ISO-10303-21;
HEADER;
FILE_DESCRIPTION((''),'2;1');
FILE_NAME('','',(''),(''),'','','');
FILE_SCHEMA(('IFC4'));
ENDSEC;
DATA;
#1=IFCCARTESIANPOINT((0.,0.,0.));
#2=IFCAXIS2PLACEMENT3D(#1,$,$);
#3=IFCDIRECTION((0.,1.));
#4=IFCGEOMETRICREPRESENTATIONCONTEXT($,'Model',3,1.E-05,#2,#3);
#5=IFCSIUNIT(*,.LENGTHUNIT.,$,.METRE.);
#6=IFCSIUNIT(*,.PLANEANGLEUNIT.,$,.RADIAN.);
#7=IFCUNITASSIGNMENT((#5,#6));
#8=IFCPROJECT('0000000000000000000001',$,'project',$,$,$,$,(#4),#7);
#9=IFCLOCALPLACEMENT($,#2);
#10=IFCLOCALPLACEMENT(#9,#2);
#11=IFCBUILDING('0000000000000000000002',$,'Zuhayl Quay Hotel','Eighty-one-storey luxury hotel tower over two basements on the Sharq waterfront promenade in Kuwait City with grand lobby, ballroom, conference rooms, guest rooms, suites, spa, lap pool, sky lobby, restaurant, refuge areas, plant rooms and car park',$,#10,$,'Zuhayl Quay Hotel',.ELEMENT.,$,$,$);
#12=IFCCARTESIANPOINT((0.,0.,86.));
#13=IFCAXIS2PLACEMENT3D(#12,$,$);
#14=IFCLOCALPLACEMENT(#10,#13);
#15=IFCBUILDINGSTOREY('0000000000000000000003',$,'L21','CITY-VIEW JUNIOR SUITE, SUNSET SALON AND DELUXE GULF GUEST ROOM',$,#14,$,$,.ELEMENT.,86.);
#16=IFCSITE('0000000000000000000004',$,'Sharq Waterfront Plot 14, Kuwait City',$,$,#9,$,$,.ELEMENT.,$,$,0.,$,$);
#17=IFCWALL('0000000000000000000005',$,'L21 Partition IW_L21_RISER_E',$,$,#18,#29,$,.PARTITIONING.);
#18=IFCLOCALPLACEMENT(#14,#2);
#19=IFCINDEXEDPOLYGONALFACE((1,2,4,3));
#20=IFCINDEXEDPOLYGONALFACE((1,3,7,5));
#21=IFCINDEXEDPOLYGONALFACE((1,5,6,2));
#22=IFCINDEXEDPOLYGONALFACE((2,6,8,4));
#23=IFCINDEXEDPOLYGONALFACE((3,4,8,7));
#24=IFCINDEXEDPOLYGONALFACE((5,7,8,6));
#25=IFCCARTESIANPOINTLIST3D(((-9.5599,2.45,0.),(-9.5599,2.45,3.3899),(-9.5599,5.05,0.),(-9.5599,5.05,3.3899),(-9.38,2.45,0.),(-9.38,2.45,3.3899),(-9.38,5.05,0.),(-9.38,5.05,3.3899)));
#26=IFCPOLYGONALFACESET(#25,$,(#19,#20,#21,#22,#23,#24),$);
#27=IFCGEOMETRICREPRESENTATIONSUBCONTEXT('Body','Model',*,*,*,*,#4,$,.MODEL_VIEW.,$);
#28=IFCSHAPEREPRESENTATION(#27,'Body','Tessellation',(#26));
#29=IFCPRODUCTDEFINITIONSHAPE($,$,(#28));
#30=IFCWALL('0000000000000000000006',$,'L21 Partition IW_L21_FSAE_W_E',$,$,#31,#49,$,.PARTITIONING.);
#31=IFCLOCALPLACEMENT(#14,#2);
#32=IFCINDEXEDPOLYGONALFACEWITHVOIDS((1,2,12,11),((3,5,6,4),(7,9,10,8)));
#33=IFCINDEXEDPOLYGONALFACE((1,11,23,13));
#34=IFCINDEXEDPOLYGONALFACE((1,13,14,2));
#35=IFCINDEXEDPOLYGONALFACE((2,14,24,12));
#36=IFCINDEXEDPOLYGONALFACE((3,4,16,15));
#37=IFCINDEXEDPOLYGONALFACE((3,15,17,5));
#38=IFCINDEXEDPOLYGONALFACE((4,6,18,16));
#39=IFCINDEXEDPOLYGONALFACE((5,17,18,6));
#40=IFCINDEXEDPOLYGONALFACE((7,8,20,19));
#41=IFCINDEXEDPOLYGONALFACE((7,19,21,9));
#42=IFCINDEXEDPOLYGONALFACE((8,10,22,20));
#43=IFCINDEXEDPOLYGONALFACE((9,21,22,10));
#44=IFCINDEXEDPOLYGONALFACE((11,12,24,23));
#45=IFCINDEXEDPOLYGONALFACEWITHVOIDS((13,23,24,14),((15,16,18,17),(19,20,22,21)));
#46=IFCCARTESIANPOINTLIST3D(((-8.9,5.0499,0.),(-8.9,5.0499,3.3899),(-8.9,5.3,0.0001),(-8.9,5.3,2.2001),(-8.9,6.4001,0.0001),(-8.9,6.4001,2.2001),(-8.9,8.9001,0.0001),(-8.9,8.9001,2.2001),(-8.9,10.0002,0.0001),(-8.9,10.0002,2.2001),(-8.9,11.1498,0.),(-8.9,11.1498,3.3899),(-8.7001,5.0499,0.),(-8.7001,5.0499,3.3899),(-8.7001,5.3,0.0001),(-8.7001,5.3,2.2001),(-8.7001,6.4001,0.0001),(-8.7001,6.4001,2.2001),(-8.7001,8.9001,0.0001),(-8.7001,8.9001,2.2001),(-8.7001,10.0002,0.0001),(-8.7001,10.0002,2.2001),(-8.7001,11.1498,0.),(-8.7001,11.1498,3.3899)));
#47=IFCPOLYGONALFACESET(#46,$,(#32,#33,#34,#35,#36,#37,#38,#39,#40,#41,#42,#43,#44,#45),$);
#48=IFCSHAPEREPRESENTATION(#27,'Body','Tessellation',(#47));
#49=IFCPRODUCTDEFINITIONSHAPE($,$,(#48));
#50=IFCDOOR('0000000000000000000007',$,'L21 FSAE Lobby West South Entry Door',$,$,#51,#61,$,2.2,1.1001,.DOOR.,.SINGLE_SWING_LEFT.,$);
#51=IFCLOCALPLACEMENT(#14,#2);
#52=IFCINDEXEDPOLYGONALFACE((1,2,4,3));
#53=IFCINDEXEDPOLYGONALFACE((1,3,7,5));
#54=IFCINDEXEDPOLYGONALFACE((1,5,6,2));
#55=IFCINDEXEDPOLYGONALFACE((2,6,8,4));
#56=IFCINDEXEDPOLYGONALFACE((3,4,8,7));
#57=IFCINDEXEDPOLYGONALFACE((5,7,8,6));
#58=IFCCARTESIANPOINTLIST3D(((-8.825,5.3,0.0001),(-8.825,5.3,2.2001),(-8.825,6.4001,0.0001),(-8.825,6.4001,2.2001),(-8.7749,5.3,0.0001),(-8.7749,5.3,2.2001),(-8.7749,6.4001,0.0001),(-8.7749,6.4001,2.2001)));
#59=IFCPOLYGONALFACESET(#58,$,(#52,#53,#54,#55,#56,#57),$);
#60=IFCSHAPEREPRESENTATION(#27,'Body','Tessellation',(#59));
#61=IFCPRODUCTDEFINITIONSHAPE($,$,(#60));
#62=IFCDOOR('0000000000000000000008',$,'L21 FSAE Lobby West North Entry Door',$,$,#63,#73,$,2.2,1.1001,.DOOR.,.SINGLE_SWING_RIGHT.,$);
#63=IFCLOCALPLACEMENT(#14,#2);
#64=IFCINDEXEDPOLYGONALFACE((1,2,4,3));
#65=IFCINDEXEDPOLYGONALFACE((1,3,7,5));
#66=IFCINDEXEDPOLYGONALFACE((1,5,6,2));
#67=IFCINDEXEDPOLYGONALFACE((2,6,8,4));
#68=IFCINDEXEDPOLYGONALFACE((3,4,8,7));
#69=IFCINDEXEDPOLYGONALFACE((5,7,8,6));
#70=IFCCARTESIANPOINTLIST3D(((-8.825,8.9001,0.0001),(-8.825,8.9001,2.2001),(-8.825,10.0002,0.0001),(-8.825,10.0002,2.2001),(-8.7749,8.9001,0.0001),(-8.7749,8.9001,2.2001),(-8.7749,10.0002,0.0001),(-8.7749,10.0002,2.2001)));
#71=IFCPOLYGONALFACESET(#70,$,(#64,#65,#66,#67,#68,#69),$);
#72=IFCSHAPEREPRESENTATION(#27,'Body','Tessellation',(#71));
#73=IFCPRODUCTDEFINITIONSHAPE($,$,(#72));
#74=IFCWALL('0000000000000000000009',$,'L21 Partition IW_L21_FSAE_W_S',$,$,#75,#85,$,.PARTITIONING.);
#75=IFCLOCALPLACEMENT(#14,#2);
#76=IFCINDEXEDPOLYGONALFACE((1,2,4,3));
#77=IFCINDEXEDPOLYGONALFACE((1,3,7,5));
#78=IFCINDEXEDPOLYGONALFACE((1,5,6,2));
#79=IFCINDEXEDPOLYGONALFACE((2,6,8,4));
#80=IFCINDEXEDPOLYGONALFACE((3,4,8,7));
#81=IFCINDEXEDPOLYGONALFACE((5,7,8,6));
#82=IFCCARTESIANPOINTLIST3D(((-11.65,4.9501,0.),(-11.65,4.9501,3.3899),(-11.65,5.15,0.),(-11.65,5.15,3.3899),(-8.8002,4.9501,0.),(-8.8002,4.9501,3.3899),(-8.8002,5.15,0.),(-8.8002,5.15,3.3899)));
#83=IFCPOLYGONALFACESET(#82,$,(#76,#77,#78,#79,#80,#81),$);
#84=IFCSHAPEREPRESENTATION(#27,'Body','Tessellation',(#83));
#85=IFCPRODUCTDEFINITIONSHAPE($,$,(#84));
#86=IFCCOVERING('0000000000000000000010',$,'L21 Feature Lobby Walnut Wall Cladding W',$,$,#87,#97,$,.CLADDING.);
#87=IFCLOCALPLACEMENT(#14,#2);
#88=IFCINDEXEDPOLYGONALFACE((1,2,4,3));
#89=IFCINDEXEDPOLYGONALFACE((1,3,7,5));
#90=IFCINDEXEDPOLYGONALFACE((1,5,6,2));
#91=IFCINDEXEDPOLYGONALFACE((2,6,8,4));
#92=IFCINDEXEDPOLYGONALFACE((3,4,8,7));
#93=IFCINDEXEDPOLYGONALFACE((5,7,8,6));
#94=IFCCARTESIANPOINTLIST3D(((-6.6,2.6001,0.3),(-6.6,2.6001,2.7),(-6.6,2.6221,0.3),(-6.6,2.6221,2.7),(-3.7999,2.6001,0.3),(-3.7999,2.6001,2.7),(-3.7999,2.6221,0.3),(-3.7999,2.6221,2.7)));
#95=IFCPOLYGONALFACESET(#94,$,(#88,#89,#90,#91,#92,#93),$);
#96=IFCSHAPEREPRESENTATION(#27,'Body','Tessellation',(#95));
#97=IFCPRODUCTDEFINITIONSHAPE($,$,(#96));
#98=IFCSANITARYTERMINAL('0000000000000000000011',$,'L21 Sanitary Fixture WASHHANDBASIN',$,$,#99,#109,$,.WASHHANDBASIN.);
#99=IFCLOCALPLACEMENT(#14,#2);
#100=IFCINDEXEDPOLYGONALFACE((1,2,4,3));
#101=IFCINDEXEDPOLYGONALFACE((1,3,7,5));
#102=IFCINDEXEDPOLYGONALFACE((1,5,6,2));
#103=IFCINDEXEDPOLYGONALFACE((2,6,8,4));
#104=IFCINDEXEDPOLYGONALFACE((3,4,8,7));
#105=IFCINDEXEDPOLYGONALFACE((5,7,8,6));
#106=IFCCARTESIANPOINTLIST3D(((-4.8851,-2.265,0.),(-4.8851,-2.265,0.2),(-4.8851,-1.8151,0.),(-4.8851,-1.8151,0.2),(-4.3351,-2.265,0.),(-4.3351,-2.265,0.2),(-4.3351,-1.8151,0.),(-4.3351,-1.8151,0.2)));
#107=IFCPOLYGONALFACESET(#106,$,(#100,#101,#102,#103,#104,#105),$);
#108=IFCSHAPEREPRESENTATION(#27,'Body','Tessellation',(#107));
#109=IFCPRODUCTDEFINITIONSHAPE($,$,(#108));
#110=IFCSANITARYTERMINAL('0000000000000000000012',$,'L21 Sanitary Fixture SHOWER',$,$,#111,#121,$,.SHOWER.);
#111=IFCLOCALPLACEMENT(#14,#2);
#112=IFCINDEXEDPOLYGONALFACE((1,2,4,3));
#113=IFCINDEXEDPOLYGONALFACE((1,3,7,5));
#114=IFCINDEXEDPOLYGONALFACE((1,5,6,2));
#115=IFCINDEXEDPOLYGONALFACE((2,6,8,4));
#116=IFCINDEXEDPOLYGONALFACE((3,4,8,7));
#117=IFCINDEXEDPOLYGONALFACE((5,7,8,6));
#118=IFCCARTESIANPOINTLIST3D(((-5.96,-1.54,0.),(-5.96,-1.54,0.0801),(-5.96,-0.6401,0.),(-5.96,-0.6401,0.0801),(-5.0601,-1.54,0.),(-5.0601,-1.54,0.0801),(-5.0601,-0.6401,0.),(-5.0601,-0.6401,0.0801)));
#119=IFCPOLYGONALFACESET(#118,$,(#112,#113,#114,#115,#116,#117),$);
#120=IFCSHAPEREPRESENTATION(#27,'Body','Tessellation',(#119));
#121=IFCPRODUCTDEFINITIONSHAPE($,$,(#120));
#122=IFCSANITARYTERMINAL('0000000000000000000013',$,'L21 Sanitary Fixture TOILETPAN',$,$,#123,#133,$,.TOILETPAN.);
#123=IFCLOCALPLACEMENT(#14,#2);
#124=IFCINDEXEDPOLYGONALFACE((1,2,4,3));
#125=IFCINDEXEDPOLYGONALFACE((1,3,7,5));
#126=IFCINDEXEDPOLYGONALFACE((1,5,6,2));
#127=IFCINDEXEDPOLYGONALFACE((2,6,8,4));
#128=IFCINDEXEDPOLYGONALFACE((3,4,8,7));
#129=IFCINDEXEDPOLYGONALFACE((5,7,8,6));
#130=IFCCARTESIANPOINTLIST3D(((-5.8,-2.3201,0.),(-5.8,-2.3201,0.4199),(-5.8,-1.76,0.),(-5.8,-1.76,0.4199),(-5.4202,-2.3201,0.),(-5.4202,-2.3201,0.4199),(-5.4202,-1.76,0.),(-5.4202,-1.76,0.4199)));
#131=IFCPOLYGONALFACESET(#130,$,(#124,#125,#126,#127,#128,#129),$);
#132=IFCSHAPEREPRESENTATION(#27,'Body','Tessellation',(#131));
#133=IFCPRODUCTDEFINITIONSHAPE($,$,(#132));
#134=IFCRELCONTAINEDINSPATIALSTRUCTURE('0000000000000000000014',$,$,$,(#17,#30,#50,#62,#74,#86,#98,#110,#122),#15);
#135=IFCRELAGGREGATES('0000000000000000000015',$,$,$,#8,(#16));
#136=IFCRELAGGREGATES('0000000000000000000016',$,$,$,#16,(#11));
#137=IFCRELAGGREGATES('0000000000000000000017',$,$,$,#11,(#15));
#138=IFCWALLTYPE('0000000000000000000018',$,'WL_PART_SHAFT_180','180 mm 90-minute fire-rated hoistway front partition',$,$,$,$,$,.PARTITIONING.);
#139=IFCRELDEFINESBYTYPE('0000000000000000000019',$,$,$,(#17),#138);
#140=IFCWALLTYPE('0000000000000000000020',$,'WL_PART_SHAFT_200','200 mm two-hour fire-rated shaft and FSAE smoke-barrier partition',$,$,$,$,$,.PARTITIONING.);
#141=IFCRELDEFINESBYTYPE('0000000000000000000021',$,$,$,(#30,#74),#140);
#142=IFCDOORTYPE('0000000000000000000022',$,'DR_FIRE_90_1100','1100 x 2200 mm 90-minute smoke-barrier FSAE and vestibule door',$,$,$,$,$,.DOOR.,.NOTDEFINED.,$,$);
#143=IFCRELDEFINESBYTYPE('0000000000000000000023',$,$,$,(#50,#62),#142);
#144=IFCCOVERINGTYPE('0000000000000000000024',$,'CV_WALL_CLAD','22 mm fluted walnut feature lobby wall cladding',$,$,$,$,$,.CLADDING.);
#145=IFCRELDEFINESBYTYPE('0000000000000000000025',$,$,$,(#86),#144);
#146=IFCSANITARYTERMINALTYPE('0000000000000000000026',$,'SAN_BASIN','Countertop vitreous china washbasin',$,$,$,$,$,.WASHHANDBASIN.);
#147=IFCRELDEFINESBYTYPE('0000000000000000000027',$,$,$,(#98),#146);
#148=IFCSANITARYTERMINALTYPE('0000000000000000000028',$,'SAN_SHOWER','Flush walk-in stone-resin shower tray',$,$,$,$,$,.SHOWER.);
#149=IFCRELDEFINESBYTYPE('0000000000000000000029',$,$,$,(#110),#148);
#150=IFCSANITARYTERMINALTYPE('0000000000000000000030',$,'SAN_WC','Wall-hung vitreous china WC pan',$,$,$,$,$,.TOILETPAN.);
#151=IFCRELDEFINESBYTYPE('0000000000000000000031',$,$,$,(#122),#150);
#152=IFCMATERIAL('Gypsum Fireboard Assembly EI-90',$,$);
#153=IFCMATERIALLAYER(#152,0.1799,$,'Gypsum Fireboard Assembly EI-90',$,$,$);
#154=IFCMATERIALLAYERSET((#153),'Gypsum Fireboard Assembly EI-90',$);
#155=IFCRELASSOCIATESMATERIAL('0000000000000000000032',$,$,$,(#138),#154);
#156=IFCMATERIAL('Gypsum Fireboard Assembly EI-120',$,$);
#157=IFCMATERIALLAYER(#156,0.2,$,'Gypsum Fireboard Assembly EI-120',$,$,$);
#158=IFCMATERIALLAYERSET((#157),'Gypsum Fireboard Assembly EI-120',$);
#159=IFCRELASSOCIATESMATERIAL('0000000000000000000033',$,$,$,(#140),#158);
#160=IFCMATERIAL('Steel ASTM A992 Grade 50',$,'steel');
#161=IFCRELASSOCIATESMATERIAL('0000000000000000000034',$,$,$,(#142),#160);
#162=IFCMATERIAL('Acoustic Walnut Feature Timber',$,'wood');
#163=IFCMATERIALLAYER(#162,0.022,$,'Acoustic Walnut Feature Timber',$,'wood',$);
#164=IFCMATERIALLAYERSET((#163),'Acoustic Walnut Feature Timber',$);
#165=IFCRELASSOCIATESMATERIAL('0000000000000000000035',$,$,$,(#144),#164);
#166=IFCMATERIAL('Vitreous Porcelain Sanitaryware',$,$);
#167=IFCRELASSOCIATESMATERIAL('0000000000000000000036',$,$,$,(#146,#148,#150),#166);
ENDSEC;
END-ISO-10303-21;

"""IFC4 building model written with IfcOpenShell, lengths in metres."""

from ifc_helpers import new_model, si_unit, direction, frame, frame_2d, origin, origin_2d, place, context, subcontext, project, spatial, rectangle, extrude, material, layer, layer_set, type_object, element, fill, save


model = new_model("IFC4")

# Units and contexts
model_context = context("Model", 3, precision=1e-05, world=origin(), true_north=direction((0.0, 1.0)))
body_context = subcontext(model_context, "Body", "Model", "MODEL_VIEW")
ifc_project = project(units=[si_unit("LENGTHUNIT", "METRE"), si_unit("PLANEANGLEUNIT", "RADIAN")], contexts=[model_context])

# Site, building, storey
site_placement = place(None, origin())
site = spatial("IfcSite", under=ifc_project, at=site_placement, Name="Sharq Waterfront Plot 14, Kuwait City", CompositionType="ELEMENT", RefElevation=0.0)
building_placement = place(site_placement, origin())
building = spatial("IfcBuilding", under=site, at=building_placement, Name="Zuhayl Quay Hotel", Description="Eighty-one-storey luxury hotel tower over two basements on the Sharq waterfront promenade in Kuwait City with grand lobby, ballroom, conference rooms, guest rooms, suites, spa, lap pool, sky lobby, restaurant, refuge areas, plant rooms and car park", LongName="Zuhayl Quay Hotel", CompositionType="ELEMENT")
storey_placement = place(building_placement, frame((0.0, 0.0, 86.0)))
storey = spatial("IfcBuildingStorey", under=building, at=storey_placement, Name="L21", Description="CITY-VIEW JUNIOR SUITE, SUNSET SALON AND DELUXE GULF GUEST ROOM", CompositionType="ELEMENT", Elevation=86.0)

# Shared definitions
ifc_material_1 = material(Name="Steel ASTM A992 Grade 50", Category="steel")

# Shared definitions
ifc_material_2 = material(Name="Gypsum Fireboard Assembly EI-90")

# Wall
ifc_layer_1 = layer(ifc_material_2, 0.1799, Name="Gypsum Fireboard Assembly EI-90")
ifc_layer_set_1 = layer_set([ifc_layer_1], Name="Gypsum Fireboard Assembly EI-90")
wall_type_1 = type_object("IfcWallType", Name="WL_PART_SHAFT_180", Description="180 mm 90-minute fire-rated hoistway front partition", PredefinedType="PARTITIONING", material=ifc_layer_set_1)
wall_1_placement = place(storey_placement, frame((-9.47, 2.45, 0.0), z_axis=(0.0, 0.0, 1.0), x_axis=(0.0, 1.0, 0.0)))
element("IfcWall", 1, at=wall_1_placement, inside=storey, type_object=wall_type_1, Name="L21 Partition IW_L21_RISER_E", PredefinedType="PARTITIONING", context=body_context, shape_type="SweptSolid", body=[
    extrude(rectangle(XDim=2.6001, YDim=0.1799, at=frame_2d((1.3, 0.0))), origin(), (0.0, 0.0, 1.0), 3.3899),
])

# Wall, openings, doors
ifc_material_3 = material(Name="Gypsum Fireboard Assembly EI-120")
ifc_layer_2 = layer(ifc_material_3, 0.2, Name="Gypsum Fireboard Assembly EI-120")
ifc_layer_set_2 = layer_set([ifc_layer_2], Name="Gypsum Fireboard Assembly EI-120")
wall_type_2 = type_object("IfcWallType", Name="WL_PART_SHAFT_200", Description="200 mm two-hour fire-rated shaft and FSAE smoke-barrier partition", PredefinedType="PARTITIONING", material=ifc_layer_set_2)
wall_2_placement = place(storey_placement, frame((-8.8, 5.05, 0.0), z_axis=(0.0, 0.0, 1.0), x_axis=(0.0, 1.0, 0.0)))
wall_2 = element("IfcWall", 2, at=wall_2_placement, inside=storey, type_object=wall_type_2, Name="L21 Partition IW_L21_FSAE_W_E", PredefinedType="PARTITIONING", context=body_context, shape_type="SweptSolid", body=[
    extrude(rectangle(XDim=6.0999, YDim=0.2, at=frame_2d((3.0498, 0.0))), origin(), (0.0, 0.0, 1.0), 3.3899),
])
opening_1_placement = place(wall_2_placement, frame((0.25, 0.0, 0.0)))
opening_1 = element("IfcOpeningElement", 3, at=opening_1_placement, cuts=wall_2, PredefinedType="OPENING", context=body_context, shape_type="SweptSolid", body=[
    extrude(rectangle(XDim=1.1001, YDim=2.2, at=frame_2d((0.55, 1.1001))), frame((0.0, 0.1099, 0.0), z_axis=(0.0, -1.0, 0.0), x_axis=(1.0, 0.0, 0.0)), (0.0, 0.0, 1.0), 0.22),
])
opening_2_placement = place(wall_2_placement, frame((3.8501, 0.0, 0.0)))
opening_2 = element("IfcOpeningElement", 4, at=opening_2_placement, cuts=wall_2, PredefinedType="OPENING", context=body_context, shape_type="SweptSolid", body=[
    extrude(rectangle(XDim=1.1001, YDim=2.2, at=frame_2d((0.55, 1.1001))), frame((0.0, 0.1099, 0.0), z_axis=(0.0, -1.0, 0.0), x_axis=(1.0, 0.0, 0.0)), (0.0, 0.0, 1.0), 0.22),
])
door_type_1 = type_object("IfcDoorType", Name="DR_FIRE_90_1100", Description="1100 x 2200 mm 90-minute smoke-barrier FSAE and vestibule door", OperationType="NOTDEFINED", PredefinedType="DOOR", material=ifc_material_1)
door_1_placement = place(opening_1_placement, origin())
door_1 = element("IfcDoor", 5, at=door_1_placement, inside=storey, type_object=door_type_1, Name="L21 FSAE Lobby West South Entry Door", OperationType="SINGLE_SWING_LEFT", OverallHeight=2.2, OverallWidth=1.1001, PredefinedType="DOOR", context=body_context, shape_type="SweptSolid", body=[
    extrude(rectangle(XDim=1.1001, YDim=2.2, at=frame_2d((0.55, 1.1001))), frame((0.0, 0.0249, 0.0), z_axis=(0.0, -1.0, 0.0), x_axis=(1.0, 0.0, 0.0)), (0.0, 0.0, 1.0), 0.05),
])
fill(opening_1, door_1)
door_2_placement = place(opening_2_placement, origin())
door_2 = element("IfcDoor", 6, at=door_2_placement, inside=storey, type_object=door_type_1, Name="L21 FSAE Lobby West North Entry Door", OperationType="SINGLE_SWING_RIGHT", OverallHeight=2.2, OverallWidth=1.1001, PredefinedType="DOOR", context=body_context, shape_type="SweptSolid", body=[
    extrude(rectangle(XDim=1.1001, YDim=2.2, at=frame_2d((0.55, 1.1001))), frame((0.0, 0.0249, 0.0), z_axis=(0.0, -1.0, 0.0), x_axis=(1.0, 0.0, 0.0)), (0.0, 0.0, 1.0), 0.05),
])
fill(opening_2, door_2)

# Wall
wall_3_placement = place(storey_placement, frame((-11.6499, 5.05, 0.0), z_axis=(0.0, 0.0, 1.0), x_axis=(1.0, 0.0, 0.0)))
element("IfcWall", 7, at=wall_3_placement, inside=storey, type_object=wall_type_2, Name="L21 Partition IW_L21_FSAE_W_S", PredefinedType="PARTITIONING", context=body_context, shape_type="SweptSolid", body=[
    extrude(rectangle(XDim=2.8499, YDim=0.2, at=frame_2d((1.4248, 0.0))), origin(), (0.0, 0.0, 1.0), 3.3899),
])

# Covering
ifc_material_4 = material(Name="Acoustic Walnut Feature Timber", Category="wood")
ifc_layer_3 = layer(ifc_material_4, 0.022, Name="Acoustic Walnut Feature Timber", Category="wood")
ifc_layer_set_3 = layer_set([ifc_layer_3], Name="Acoustic Walnut Feature Timber")
covering_type = type_object("IfcCoveringType", Name="CV_WALL_CLAD", Description="22 mm fluted walnut feature lobby wall cladding", PredefinedType="CLADDING", material=ifc_layer_set_3)
covering_placement = place(storey_placement, frame((-5.2, 2.6111, 0.3), z_axis=(0.0, 0.0, 1.0), x_axis=(1.0, 0.0, 0.0)))
element("IfcCovering", 8, at=covering_placement, inside=storey, type_object=covering_type, Name="L21 Feature Lobby Walnut Wall Cladding W", PredefinedType="CLADDING", context=body_context, shape_type="SweptSolid", body=[
    extrude(rectangle(XDim=2.8, YDim=0.022, at=origin_2d()), origin(), (0.0, 0.0, 1.0), 2.3999),
])

# Sanitary terminals
ifc_material_5 = material(Name="Vitreous Porcelain Sanitaryware")
sanitary_terminal_type_1 = type_object("IfcSanitaryTerminalType", Name="SAN_BASIN", Description="Countertop vitreous china washbasin", PredefinedType="WASHHANDBASIN", material=ifc_material_5)
sanitary_terminal_1_placement = place(storey_placement, frame((-4.6101, -2.04, 0.0), z_axis=(0.0, 0.0, 1.0), x_axis=(1.0, 0.0, 0.0)))
element("IfcSanitaryTerminal", 9, at=sanitary_terminal_1_placement, inside=storey, type_object=sanitary_terminal_type_1, Name="L21 Sanitary Fixture WASHHANDBASIN", PredefinedType="WASHHANDBASIN", context=body_context, shape_type="SweptSolid", body=[
    extrude(rectangle(XDim=0.55, YDim=0.45, at=origin_2d()), origin(), (0.0, 0.0, 1.0), 0.2),
])
sanitary_terminal_type_2 = type_object("IfcSanitaryTerminalType", Name="SAN_SHOWER", Description="Flush walk-in stone-resin shower tray", PredefinedType="SHOWER", material=ifc_material_5)
sanitary_terminal_2_placement = place(storey_placement, frame((-5.51, -1.0901, 0.0), z_axis=(0.0, 0.0, 1.0), x_axis=(1.0, 0.0, 0.0)))
element("IfcSanitaryTerminal", 10, at=sanitary_terminal_2_placement, inside=storey, type_object=sanitary_terminal_type_2, Name="L21 Sanitary Fixture SHOWER", PredefinedType="SHOWER", context=body_context, shape_type="SweptSolid", body=[
    extrude(rectangle(XDim=0.8999, YDim=0.8999, at=origin_2d()), origin(), (0.0, 0.0, 1.0), 0.0801),
])
sanitary_terminal_type_3 = type_object("IfcSanitaryTerminalType", Name="SAN_WC", Description="Wall-hung vitreous china WC pan", PredefinedType="TOILETPAN", material=ifc_material_5)
sanitary_terminal_3_placement = place(storey_placement, frame((-5.6101, -2.04, 0.0), z_axis=(0.0, 0.0, 1.0), x_axis=(1.0, 0.0, 0.0)))
element("IfcSanitaryTerminal", 11, at=sanitary_terminal_3_placement, inside=storey, type_object=sanitary_terminal_type_3, Name="L21 Sanitary Fixture TOILETPAN", PredefinedType="TOILETPAN", context=body_context, shape_type="SweptSolid", body=[
    extrude(rectangle(XDim=0.3799, YDim=0.5601, at=origin_2d()), origin(), (0.0, 0.0, 1.0), 0.4199),
])

save(model, "model.ifc")
